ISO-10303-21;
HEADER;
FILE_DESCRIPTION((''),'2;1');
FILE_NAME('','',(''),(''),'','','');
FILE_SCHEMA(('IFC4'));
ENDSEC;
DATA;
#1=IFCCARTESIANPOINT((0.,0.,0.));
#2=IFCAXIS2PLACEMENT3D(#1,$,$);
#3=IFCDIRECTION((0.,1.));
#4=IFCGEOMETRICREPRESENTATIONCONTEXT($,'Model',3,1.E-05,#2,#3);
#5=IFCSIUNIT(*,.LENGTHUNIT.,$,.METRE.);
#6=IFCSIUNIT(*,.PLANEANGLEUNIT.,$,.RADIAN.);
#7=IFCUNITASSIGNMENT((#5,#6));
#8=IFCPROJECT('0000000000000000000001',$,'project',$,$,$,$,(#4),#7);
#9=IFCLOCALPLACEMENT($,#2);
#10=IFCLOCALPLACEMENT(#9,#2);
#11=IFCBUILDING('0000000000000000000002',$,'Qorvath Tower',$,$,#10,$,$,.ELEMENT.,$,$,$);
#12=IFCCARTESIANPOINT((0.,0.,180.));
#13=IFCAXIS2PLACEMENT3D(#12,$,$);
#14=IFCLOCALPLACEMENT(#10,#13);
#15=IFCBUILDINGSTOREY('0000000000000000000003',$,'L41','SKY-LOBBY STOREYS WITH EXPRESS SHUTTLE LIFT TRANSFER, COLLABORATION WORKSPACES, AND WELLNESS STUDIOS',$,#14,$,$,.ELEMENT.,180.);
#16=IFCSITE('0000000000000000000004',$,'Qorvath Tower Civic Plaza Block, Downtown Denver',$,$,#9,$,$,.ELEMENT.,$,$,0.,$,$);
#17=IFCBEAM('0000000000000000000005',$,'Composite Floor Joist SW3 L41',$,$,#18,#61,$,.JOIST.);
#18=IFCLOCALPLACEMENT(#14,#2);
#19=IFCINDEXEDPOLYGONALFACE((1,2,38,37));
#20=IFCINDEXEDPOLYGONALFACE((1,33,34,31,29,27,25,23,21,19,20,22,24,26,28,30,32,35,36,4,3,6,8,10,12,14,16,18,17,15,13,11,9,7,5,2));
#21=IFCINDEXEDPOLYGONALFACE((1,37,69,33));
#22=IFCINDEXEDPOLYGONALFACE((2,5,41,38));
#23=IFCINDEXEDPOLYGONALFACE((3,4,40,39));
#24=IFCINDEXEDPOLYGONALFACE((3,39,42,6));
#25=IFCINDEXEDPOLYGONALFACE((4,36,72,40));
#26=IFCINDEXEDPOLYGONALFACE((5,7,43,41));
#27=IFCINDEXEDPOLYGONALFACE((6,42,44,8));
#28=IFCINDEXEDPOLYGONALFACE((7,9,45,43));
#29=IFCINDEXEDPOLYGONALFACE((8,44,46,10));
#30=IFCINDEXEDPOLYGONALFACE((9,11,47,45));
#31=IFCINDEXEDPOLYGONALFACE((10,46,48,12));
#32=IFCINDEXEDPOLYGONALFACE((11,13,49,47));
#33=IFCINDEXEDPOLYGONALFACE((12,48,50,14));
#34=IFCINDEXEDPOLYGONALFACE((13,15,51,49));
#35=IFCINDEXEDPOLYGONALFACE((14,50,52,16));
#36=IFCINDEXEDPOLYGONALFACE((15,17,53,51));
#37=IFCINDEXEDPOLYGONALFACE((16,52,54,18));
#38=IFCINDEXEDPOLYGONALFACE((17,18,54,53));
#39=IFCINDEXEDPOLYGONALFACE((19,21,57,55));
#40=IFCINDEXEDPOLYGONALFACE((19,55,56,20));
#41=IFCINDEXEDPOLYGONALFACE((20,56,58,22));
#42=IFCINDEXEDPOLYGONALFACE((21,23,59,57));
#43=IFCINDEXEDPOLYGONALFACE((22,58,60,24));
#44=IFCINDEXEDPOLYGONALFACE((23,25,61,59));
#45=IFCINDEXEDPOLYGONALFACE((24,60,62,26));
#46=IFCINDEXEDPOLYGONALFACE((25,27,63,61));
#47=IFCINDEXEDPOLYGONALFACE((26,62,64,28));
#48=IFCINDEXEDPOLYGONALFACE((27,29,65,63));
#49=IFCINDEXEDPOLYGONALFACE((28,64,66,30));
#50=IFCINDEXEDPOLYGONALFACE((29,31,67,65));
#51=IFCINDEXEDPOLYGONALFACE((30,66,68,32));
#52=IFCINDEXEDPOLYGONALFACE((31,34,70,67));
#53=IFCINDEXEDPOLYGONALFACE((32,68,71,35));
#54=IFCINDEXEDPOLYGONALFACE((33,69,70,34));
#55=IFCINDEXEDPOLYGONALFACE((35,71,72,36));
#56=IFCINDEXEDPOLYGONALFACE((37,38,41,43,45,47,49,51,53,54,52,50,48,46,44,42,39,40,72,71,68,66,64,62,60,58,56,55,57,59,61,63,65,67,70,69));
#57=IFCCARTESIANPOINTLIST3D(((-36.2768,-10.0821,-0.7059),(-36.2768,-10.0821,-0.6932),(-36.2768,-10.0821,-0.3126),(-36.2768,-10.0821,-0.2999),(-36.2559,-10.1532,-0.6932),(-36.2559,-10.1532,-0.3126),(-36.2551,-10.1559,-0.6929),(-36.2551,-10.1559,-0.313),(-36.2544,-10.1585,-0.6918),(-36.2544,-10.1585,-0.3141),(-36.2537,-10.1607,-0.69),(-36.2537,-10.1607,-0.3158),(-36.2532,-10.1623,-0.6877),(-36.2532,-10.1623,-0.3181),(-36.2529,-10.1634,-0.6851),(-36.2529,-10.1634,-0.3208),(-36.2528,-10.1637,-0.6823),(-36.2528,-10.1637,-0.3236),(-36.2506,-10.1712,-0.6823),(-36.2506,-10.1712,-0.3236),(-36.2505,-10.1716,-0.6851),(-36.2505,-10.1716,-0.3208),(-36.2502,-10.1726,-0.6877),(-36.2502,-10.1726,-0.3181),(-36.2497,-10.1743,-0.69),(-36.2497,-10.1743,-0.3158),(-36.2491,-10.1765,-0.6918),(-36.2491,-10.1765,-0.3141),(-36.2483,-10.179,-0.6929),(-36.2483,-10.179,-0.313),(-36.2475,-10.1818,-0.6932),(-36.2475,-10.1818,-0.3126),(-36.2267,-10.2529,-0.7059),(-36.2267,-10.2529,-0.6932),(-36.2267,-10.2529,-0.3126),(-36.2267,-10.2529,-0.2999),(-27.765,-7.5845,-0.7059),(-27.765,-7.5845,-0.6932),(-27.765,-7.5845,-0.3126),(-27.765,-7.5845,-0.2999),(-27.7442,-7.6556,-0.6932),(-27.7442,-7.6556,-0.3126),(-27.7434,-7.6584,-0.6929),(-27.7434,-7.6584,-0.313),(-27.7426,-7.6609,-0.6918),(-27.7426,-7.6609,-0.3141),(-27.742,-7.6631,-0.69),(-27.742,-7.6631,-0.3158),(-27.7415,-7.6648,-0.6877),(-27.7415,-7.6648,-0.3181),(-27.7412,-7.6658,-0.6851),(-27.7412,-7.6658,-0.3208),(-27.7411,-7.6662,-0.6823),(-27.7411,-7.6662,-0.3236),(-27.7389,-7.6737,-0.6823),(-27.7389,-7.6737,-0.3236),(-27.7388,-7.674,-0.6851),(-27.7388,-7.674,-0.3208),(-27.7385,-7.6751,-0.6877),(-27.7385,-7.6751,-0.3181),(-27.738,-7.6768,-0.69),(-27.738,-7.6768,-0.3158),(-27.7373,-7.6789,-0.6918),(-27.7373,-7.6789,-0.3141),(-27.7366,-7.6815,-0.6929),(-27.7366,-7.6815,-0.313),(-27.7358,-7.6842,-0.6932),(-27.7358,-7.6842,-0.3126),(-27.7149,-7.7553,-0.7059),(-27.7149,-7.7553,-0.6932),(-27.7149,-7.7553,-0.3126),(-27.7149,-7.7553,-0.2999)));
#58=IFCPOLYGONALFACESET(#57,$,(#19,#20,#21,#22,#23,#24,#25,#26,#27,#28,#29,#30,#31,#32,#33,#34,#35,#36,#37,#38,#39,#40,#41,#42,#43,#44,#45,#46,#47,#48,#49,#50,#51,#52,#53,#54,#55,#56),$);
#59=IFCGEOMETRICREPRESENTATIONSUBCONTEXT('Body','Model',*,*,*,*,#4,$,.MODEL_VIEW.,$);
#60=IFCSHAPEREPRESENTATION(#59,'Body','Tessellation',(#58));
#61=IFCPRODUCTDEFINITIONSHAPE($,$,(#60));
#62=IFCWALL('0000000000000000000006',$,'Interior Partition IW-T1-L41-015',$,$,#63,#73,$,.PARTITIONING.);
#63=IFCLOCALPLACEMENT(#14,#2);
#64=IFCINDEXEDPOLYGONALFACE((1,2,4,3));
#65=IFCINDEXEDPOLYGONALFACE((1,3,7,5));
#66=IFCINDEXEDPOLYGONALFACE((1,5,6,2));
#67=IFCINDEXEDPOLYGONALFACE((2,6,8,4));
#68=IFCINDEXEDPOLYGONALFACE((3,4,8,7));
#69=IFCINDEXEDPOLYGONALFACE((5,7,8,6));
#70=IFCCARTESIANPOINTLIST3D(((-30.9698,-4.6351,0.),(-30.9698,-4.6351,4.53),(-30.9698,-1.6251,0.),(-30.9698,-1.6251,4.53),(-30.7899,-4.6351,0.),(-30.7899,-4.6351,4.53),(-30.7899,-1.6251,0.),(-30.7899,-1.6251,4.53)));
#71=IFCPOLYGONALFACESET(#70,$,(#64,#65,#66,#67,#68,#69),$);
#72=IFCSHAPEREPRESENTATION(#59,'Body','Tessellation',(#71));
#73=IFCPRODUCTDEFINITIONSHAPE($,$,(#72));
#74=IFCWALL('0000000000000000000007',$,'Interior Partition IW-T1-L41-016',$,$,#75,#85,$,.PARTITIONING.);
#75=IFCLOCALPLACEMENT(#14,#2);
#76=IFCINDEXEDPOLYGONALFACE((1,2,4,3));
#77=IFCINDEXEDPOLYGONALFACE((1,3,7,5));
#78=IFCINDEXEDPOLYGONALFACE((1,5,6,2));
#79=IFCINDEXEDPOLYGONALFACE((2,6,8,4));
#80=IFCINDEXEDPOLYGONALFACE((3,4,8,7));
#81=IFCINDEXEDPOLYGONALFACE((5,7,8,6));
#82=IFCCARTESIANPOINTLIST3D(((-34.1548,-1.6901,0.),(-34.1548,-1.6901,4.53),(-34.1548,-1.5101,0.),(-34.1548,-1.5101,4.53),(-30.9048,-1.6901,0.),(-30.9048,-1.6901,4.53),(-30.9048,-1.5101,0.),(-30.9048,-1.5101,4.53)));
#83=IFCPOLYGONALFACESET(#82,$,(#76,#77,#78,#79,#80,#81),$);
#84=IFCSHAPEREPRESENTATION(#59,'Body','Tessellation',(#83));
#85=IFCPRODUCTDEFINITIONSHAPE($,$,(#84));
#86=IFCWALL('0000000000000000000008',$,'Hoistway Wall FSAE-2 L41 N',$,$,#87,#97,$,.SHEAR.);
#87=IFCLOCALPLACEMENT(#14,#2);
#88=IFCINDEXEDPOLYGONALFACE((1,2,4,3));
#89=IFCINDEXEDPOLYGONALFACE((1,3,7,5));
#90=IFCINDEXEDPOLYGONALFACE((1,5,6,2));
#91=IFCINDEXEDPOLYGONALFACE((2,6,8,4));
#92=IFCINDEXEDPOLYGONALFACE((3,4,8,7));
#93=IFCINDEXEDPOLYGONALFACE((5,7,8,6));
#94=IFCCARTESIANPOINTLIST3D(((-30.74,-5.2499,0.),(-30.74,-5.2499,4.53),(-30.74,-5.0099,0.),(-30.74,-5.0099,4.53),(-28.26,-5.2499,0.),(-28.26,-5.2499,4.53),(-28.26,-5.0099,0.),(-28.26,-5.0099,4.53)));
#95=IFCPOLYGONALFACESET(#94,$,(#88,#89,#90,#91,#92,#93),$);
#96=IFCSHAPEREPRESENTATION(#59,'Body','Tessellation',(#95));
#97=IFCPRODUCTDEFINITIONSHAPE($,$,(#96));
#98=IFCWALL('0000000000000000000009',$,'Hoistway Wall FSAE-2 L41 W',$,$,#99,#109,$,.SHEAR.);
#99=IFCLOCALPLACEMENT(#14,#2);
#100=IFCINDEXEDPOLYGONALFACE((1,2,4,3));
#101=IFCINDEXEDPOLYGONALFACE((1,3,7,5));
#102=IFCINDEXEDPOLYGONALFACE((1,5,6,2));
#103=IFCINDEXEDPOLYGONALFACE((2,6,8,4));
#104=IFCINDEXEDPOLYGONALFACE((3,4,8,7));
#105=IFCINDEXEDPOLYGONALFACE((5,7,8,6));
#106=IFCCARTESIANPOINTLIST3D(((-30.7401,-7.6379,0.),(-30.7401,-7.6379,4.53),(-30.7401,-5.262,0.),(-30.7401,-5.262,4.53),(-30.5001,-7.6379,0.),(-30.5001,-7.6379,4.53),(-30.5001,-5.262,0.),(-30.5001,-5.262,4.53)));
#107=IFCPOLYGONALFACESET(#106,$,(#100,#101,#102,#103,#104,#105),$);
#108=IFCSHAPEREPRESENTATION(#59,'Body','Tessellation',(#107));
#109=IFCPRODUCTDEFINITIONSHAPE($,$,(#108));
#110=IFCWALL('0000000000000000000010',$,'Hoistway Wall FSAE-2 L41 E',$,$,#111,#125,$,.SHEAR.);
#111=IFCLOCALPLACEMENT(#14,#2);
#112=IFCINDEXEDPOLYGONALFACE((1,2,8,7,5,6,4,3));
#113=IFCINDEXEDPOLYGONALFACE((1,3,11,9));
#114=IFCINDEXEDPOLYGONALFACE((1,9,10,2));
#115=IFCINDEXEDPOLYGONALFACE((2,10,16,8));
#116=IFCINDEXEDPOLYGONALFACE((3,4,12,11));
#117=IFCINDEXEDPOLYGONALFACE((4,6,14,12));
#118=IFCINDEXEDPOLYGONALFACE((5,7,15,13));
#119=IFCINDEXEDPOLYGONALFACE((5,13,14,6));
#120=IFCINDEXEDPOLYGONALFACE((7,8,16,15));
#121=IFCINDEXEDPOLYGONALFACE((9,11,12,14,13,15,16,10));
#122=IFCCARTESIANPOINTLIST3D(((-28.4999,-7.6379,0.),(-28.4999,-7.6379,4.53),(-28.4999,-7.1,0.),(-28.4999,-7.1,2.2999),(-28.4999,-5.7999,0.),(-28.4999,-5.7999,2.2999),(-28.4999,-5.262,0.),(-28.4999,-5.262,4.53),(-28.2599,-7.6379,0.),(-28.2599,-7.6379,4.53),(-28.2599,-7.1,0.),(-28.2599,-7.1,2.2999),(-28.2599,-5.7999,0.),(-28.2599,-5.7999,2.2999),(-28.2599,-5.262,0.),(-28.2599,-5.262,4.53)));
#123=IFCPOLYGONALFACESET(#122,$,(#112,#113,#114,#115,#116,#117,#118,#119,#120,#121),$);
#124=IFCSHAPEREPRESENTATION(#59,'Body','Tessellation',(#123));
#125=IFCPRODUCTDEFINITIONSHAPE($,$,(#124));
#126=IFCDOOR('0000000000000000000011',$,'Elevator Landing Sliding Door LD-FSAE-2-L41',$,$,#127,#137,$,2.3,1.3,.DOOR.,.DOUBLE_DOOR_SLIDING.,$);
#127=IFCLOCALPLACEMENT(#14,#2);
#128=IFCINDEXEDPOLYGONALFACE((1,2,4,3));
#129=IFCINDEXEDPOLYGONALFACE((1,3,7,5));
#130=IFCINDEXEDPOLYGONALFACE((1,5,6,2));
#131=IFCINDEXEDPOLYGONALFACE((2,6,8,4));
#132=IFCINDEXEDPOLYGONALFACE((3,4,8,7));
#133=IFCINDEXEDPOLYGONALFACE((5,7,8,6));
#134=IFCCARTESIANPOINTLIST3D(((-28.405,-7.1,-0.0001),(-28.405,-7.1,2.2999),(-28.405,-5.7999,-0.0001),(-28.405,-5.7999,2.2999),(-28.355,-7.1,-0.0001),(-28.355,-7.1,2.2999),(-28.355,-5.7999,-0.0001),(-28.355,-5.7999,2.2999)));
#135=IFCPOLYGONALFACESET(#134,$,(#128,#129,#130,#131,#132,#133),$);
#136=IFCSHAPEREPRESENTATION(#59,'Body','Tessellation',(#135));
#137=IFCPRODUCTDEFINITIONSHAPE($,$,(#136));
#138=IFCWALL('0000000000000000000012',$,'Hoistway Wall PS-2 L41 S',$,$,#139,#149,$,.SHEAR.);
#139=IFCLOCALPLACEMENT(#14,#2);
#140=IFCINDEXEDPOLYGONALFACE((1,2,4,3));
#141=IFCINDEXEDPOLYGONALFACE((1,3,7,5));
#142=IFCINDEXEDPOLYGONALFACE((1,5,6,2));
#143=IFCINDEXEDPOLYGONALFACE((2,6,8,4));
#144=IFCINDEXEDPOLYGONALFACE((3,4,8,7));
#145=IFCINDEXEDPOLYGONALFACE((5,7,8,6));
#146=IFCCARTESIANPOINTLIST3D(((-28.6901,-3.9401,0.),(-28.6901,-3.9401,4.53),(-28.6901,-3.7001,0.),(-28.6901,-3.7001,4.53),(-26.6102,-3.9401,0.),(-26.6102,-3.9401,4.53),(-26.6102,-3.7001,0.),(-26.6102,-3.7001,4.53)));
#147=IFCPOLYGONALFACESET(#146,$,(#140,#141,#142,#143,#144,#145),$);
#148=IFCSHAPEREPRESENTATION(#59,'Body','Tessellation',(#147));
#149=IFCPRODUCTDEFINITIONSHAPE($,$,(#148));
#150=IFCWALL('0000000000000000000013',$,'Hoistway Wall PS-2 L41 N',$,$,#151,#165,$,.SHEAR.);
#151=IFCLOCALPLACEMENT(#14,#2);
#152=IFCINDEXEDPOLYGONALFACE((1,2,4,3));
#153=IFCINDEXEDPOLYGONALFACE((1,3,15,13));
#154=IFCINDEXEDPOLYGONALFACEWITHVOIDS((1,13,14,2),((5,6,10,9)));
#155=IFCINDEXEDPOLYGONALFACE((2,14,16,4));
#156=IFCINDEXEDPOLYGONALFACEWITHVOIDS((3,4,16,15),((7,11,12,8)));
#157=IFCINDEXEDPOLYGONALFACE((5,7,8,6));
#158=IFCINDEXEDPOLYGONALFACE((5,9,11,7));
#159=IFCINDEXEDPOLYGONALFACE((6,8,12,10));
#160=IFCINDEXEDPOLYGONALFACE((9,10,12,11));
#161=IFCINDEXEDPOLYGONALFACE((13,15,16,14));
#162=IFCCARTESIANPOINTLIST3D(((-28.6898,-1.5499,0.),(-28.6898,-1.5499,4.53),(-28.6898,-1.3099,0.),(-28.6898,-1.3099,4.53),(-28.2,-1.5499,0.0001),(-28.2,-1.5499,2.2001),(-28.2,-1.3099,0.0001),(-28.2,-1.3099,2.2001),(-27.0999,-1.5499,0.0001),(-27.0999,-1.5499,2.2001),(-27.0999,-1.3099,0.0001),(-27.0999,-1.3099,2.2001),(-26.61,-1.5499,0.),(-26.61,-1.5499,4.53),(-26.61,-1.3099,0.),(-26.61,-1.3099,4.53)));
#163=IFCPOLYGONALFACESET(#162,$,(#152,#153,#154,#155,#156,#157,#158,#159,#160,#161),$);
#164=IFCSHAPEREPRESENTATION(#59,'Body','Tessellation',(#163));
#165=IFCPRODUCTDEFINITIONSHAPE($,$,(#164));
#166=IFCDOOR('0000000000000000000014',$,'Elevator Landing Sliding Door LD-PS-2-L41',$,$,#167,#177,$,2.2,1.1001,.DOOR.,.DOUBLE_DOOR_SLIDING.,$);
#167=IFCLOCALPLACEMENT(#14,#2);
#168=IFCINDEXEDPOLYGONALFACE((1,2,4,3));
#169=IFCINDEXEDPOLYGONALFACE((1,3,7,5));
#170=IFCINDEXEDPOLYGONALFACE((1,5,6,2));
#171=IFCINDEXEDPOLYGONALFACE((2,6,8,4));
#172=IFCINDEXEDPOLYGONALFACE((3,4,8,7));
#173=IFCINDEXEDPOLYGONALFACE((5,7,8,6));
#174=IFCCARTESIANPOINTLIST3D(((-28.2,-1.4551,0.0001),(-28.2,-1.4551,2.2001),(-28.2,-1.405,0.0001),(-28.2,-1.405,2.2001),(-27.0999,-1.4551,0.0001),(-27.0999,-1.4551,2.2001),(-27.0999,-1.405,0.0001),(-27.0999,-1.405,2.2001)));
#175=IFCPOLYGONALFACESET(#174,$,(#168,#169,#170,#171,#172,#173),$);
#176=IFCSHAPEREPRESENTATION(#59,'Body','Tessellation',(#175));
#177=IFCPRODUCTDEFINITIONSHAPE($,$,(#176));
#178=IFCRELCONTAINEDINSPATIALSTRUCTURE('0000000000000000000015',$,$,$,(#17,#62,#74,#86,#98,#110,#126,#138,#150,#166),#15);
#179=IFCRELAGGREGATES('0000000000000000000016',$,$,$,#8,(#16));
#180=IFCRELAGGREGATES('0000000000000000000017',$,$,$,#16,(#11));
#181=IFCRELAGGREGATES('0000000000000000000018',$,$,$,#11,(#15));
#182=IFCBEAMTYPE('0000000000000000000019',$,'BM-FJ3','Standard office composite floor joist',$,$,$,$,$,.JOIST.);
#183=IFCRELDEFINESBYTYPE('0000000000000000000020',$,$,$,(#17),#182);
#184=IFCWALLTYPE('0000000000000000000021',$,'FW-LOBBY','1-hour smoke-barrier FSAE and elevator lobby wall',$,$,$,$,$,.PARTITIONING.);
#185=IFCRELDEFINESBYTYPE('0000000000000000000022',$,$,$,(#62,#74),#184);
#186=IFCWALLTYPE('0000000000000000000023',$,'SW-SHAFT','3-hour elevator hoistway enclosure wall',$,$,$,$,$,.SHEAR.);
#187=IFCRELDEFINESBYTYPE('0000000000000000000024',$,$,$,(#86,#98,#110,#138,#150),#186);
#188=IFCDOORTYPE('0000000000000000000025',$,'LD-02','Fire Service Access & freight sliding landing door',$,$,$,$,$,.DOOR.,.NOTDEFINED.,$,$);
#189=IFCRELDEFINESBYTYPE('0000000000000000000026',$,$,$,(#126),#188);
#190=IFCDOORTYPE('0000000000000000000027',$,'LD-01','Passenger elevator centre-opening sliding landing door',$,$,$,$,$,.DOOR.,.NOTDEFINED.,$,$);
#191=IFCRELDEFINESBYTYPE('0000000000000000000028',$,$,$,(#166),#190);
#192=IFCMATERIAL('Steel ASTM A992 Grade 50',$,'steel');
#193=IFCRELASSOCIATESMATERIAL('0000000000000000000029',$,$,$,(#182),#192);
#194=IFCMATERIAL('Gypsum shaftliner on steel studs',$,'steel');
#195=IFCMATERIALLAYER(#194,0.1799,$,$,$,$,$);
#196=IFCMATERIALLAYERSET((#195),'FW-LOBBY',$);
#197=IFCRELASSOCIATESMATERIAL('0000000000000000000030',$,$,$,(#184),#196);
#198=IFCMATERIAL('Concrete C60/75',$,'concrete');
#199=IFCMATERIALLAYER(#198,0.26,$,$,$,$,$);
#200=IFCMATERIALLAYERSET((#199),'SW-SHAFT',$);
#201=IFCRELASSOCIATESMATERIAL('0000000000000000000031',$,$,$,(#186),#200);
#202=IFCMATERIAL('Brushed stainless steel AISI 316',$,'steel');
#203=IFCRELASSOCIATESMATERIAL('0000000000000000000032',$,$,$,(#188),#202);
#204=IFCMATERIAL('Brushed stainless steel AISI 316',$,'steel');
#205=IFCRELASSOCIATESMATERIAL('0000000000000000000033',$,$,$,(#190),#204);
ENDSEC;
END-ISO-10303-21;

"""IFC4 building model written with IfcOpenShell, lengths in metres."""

from ifc_helpers import new_model, si_unit, direction, frame, frame_2d, origin, origin_2d, place, context, subcontext, project, spatial, rectangle, i_section, extrude, material, layer, layer_set, material_profile, profile_set, type_object, element, fill, save


model = new_model("IFC4")

# Units and contexts
model_context = context("Model", 3, precision=1e-05, world=origin(), true_north=direction((0.0, 1.0)))
body_context = subcontext(model_context, "Body", "Model", "MODEL_VIEW")
ifc_project = project(units=[si_unit("LENGTHUNIT", "METRE"), si_unit("PLANEANGLEUNIT", "RADIAN")], contexts=[model_context])

# Site, building, storey
site_placement = place(None, origin())
site = spatial("IfcSite", under=ifc_project, at=site_placement, Name="Qorvath Tower Civic Plaza Block, Downtown Denver", CompositionType="ELEMENT", RefElevation=0.0)
building_placement = place(site_placement, origin())
building = spatial("IfcBuilding", under=site, at=building_placement, Name="Qorvath Tower", CompositionType="ELEMENT")
storey_placement = place(building_placement, frame((0.0, 0.0, 180.0)))
storey = spatial("IfcBuildingStorey", under=building, at=storey_placement, Name="L41", Description="SKY-LOBBY STOREYS WITH EXPRESS SHUTTLE LIFT TRANSFER, COLLABORATION WORKSPACES, AND WELLNESS STUDIOS", CompositionType="ELEMENT", Elevation=180.0)

# Beam
ifc_material_1 = material(Name="Steel ASTM A992 Grade 50", Category="steel")
ifc_material_profile_1 = material_profile(ifc_material_1, i_section(OverallWidth=0.178, OverallDepth=0.406, WebThickness=0.0078, FlangeThickness=0.0127, FilletRadius=0.011, at=origin_2d()), Name="W16x40")
ifc_profile_set_1 = profile_set([ifc_material_profile_1], Name="Steel ASTM A992 Grade 50")
beam_type_1 = type_object("IfcBeamType", Name="BM-FJ3", Description="Standard office composite floor joist", PredefinedType="JOIST", material=ifc_profile_set_1)
beam_1_placement = place(storey_placement, frame((-27.74, -7.6699, -0.5029), z_axis=(-0.959545, -0.281555, 0.0), x_axis=(0.281555, -0.959545, 0.0)))
element("IfcBeam", 1, at=beam_1_placement, inside=storey, type_object=beam_type_1, Name="Composite Floor Joist SW3 L41", PredefinedType="JOIST", context=body_context, shape_type="SweptSolid", body=[
    extrude(i_section(OverallWidth=0.178, OverallDepth=0.406, WebThickness=0.0078, FlangeThickness=0.0127, FilletRadius=0.011, at=origin_2d()), origin(), (0.0, 0.0, 1.0), 8.8706),
])

# Walls
ifc_material_2 = material(Name="Gypsum shaftliner on steel studs", Category="steel")
ifc_layer_1 = layer(ifc_material_2, 0.1799)
ifc_layer_set_1 = layer_set([ifc_layer_1], Name="FW-LOBBY")
wall_type_1 = type_object("IfcWallType", Name="FW-LOBBY", Description="1-hour smoke-barrier FSAE and elevator lobby wall", PredefinedType="PARTITIONING", material=ifc_layer_set_1)
wall_1_placement = place(storey_placement, frame((-30.8799, -4.635, 0.0), z_axis=(0.0, 0.0, 1.0), x_axis=(0.0, 1.0, 0.0)))
element("IfcWall", 2, at=wall_1_placement, inside=storey, type_object=wall_type_1, Name="Interior Partition IW-T1-L41-015", PredefinedType="PARTITIONING", context=body_context, shape_type="SweptSolid", body=[
    extrude(rectangle(XDim=3.01, YDim=0.1799, at=frame_2d((1.5049, 0.0))), origin(), (0.0, 0.0, 1.0), 4.53),
])
wall_2_placement = place(storey_placement, frame((-30.9048, -1.6001, 0.0), z_axis=(0.0, 0.0, 1.0), x_axis=(-1.0, 0.0, 0.0)))
element("IfcWall", 3, at=wall_2_placement, inside=storey, type_object=wall_type_1, Name="Interior Partition IW-T1-L41-016", PredefinedType="PARTITIONING", context=body_context, shape_type="SweptSolid", body=[
    extrude(rectangle(XDim=3.25, YDim=0.1799, at=frame_2d((1.625, 0.0))), origin(), (0.0, 0.0, 1.0), 4.53),
])
ifc_material_3 = material(Name="Concrete C60/75", Category="concrete")
ifc_layer_2 = layer(ifc_material_3, 0.26)
ifc_layer_set_2 = layer_set([ifc_layer_2], Name="SW-SHAFT")
wall_type_2 = type_object("IfcWallType", Name="SW-SHAFT", Description="3-hour elevator hoistway enclosure wall", PredefinedType="SHEAR", material=ifc_layer_set_2)
wall_3_placement = place(storey_placement, frame((-30.74, -5.1299, 0.0), z_axis=(0.0, 0.0, 1.0), x_axis=(1.0, 0.0, 0.0)))
element("IfcWall", 4, at=wall_3_placement, inside=storey, type_object=wall_type_2, Name="Hoistway Wall FSAE-2 L41 N", PredefinedType="SHEAR", context=body_context, shape_type="SweptSolid", body=[
    extrude(rectangle(XDim=2.48, YDim=0.24, at=frame_2d((1.24, 0.0))), origin(), (0.0, 0.0, 1.0), 4.53),
])
wall_4_placement = place(storey_placement, frame((-30.6201, -7.6379, 0.0), z_axis=(0.0, 0.0, 1.0), x_axis=(0.0, 1.0, 0.0)))
element("IfcWall", 5, at=wall_4_placement, inside=storey, type_object=wall_type_2, Name="Hoistway Wall FSAE-2 L41 W", PredefinedType="SHEAR", context=body_context, shape_type="SweptSolid", body=[
    extrude(rectangle(XDim=2.376, YDim=0.24, at=frame_2d((1.188, 0.0))), origin(), (0.0, 0.0, 1.0), 4.53),
])

# Wall, opening, door
wall_5_placement = place(storey_placement, frame((-28.3799, -5.262, 0.0), z_axis=(0.0, 0.0, 1.0), x_axis=(0.0, -1.0, 0.0)))
wall_5 = element("IfcWall", 6, at=wall_5_placement, inside=storey, type_object=wall_type_2, Name="Hoistway Wall FSAE-2 L41 E", PredefinedType="SHEAR", context=body_context, shape_type="SweptSolid", body=[
    extrude(rectangle(XDim=2.376, YDim=0.24, at=frame_2d((1.188, 0.0))), origin(), (0.0, 0.0, 1.0), 4.53),
])
opening_1_placement = place(wall_5_placement, frame((0.5381, 0.0, 0.0)))
opening_1 = element("IfcOpeningElement", 7, at=opening_1_placement, cuts=wall_5, PredefinedType="OPENING", context=body_context, shape_type="SweptSolid", body=[
    extrude(rectangle(XDim=1.3, YDim=2.3, at=frame_2d((0.6499, 1.1499))), frame((0.0, 0.1299, 0.0), z_axis=(0.0, -1.0, 0.0), x_axis=(1.0, 0.0, 0.0)), (0.0, 0.0, 1.0), 0.26),
])
ifc_material_4 = material(Name="Brushed stainless steel AISI 316", Category="steel")
door_type_1 = type_object("IfcDoorType", Name="LD-02", Description="Fire Service Access & freight sliding landing door", OperationType="NOTDEFINED", PredefinedType="DOOR", material=ifc_material_4)
door_1_placement = place(opening_1_placement, origin())
door_1 = element("IfcDoor", 8, at=door_1_placement, inside=storey, type_object=door_type_1, Name="Elevator Landing Sliding Door LD-FSAE-2-L41", OperationType="DOUBLE_DOOR_SLIDING", OverallHeight=2.3, OverallWidth=1.3, PredefinedType="DOOR", context=body_context, shape_type="SweptSolid", body=[
    extrude(rectangle(XDim=1.3, YDim=2.3, at=frame_2d((0.6499, 1.1499))), frame((0.0, 0.0249, 0.0), z_axis=(0.0, -1.0, 0.0), x_axis=(1.0, 0.0, 0.0)), (0.0, 0.0, 1.0), 0.05),
])
fill(opening_1, door_1)

# Wall
wall_6_placement = place(storey_placement, frame((-26.6101, -3.8201, 0.0), z_axis=(0.0, 0.0, 1.0), x_axis=(-1.0, 0.0, 0.0)))
element("IfcWall", 9, at=wall_6_placement, inside=storey, type_object=wall_type_2, Name="Hoistway Wall PS-2 L41 S", PredefinedType="SHEAR", context=body_context, shape_type="SweptSolid", body=[
    extrude(rectangle(XDim=2.0798, YDim=0.24, at=frame_2d((1.04, 0.0))), origin(), (0.0, 0.0, 1.0), 4.53),
])

# Wall, opening, door
wall_7_placement = place(storey_placement, frame((-28.6899, -1.4299, 0.0), z_axis=(0.0, 0.0, 1.0), x_axis=(1.0, 0.0, 0.0)))
wall_7 = element("IfcWall", 10, at=wall_7_placement, inside=storey, type_object=wall_type_2, Name="Hoistway Wall PS-2 L41 N", PredefinedType="SHEAR", context=body_context, shape_type="SweptSolid", body=[
    extrude(rectangle(XDim=2.0798, YDim=0.24, at=frame_2d((1.04, 0.0))), origin(), (0.0, 0.0, 1.0), 4.53),
])
opening_2_placement = place(wall_7_placement, frame((0.49, 0.0, 0.0)))
opening_2 = element("IfcOpeningElement", 11, at=opening_2_placement, cuts=wall_7, PredefinedType="OPENING", context=body_context, shape_type="SweptSolid", body=[
    extrude(rectangle(XDim=1.1001, YDim=2.2, at=frame_2d((0.55, 1.1001))), frame((0.0, 0.1299, 0.0), z_axis=(0.0, -1.0, 0.0), x_axis=(1.0, 0.0, 0.0)), (0.0, 0.0, 1.0), 0.26),
])
ifc_material_5 = material(Name="Brushed stainless steel AISI 316", Category="steel")
door_type_2 = type_object("IfcDoorType", Name="LD-01", Description="Passenger elevator centre-opening sliding landing door", OperationType="NOTDEFINED", PredefinedType="DOOR", material=ifc_material_5)
door_2_placement = place(opening_2_placement, origin())
door_2 = element("IfcDoor", 12, at=door_2_placement, inside=storey, type_object=door_type_2, Name="Elevator Landing Sliding Door LD-PS-2-L41", OperationType="DOUBLE_DOOR_SLIDING", OverallHeight=2.2, OverallWidth=1.1001, PredefinedType="DOOR", context=body_context, shape_type="SweptSolid", body=[
    extrude(rectangle(XDim=1.1001, YDim=2.2, at=frame_2d((0.55, 1.1001))), frame((0.0, 0.0249, 0.0), z_axis=(0.0, -1.0, 0.0), x_axis=(1.0, 0.0, 0.0)), (0.0, 0.0, 1.0), 0.05),
])
fill(opening_2, door_2)

save(model, "model.ifc")
